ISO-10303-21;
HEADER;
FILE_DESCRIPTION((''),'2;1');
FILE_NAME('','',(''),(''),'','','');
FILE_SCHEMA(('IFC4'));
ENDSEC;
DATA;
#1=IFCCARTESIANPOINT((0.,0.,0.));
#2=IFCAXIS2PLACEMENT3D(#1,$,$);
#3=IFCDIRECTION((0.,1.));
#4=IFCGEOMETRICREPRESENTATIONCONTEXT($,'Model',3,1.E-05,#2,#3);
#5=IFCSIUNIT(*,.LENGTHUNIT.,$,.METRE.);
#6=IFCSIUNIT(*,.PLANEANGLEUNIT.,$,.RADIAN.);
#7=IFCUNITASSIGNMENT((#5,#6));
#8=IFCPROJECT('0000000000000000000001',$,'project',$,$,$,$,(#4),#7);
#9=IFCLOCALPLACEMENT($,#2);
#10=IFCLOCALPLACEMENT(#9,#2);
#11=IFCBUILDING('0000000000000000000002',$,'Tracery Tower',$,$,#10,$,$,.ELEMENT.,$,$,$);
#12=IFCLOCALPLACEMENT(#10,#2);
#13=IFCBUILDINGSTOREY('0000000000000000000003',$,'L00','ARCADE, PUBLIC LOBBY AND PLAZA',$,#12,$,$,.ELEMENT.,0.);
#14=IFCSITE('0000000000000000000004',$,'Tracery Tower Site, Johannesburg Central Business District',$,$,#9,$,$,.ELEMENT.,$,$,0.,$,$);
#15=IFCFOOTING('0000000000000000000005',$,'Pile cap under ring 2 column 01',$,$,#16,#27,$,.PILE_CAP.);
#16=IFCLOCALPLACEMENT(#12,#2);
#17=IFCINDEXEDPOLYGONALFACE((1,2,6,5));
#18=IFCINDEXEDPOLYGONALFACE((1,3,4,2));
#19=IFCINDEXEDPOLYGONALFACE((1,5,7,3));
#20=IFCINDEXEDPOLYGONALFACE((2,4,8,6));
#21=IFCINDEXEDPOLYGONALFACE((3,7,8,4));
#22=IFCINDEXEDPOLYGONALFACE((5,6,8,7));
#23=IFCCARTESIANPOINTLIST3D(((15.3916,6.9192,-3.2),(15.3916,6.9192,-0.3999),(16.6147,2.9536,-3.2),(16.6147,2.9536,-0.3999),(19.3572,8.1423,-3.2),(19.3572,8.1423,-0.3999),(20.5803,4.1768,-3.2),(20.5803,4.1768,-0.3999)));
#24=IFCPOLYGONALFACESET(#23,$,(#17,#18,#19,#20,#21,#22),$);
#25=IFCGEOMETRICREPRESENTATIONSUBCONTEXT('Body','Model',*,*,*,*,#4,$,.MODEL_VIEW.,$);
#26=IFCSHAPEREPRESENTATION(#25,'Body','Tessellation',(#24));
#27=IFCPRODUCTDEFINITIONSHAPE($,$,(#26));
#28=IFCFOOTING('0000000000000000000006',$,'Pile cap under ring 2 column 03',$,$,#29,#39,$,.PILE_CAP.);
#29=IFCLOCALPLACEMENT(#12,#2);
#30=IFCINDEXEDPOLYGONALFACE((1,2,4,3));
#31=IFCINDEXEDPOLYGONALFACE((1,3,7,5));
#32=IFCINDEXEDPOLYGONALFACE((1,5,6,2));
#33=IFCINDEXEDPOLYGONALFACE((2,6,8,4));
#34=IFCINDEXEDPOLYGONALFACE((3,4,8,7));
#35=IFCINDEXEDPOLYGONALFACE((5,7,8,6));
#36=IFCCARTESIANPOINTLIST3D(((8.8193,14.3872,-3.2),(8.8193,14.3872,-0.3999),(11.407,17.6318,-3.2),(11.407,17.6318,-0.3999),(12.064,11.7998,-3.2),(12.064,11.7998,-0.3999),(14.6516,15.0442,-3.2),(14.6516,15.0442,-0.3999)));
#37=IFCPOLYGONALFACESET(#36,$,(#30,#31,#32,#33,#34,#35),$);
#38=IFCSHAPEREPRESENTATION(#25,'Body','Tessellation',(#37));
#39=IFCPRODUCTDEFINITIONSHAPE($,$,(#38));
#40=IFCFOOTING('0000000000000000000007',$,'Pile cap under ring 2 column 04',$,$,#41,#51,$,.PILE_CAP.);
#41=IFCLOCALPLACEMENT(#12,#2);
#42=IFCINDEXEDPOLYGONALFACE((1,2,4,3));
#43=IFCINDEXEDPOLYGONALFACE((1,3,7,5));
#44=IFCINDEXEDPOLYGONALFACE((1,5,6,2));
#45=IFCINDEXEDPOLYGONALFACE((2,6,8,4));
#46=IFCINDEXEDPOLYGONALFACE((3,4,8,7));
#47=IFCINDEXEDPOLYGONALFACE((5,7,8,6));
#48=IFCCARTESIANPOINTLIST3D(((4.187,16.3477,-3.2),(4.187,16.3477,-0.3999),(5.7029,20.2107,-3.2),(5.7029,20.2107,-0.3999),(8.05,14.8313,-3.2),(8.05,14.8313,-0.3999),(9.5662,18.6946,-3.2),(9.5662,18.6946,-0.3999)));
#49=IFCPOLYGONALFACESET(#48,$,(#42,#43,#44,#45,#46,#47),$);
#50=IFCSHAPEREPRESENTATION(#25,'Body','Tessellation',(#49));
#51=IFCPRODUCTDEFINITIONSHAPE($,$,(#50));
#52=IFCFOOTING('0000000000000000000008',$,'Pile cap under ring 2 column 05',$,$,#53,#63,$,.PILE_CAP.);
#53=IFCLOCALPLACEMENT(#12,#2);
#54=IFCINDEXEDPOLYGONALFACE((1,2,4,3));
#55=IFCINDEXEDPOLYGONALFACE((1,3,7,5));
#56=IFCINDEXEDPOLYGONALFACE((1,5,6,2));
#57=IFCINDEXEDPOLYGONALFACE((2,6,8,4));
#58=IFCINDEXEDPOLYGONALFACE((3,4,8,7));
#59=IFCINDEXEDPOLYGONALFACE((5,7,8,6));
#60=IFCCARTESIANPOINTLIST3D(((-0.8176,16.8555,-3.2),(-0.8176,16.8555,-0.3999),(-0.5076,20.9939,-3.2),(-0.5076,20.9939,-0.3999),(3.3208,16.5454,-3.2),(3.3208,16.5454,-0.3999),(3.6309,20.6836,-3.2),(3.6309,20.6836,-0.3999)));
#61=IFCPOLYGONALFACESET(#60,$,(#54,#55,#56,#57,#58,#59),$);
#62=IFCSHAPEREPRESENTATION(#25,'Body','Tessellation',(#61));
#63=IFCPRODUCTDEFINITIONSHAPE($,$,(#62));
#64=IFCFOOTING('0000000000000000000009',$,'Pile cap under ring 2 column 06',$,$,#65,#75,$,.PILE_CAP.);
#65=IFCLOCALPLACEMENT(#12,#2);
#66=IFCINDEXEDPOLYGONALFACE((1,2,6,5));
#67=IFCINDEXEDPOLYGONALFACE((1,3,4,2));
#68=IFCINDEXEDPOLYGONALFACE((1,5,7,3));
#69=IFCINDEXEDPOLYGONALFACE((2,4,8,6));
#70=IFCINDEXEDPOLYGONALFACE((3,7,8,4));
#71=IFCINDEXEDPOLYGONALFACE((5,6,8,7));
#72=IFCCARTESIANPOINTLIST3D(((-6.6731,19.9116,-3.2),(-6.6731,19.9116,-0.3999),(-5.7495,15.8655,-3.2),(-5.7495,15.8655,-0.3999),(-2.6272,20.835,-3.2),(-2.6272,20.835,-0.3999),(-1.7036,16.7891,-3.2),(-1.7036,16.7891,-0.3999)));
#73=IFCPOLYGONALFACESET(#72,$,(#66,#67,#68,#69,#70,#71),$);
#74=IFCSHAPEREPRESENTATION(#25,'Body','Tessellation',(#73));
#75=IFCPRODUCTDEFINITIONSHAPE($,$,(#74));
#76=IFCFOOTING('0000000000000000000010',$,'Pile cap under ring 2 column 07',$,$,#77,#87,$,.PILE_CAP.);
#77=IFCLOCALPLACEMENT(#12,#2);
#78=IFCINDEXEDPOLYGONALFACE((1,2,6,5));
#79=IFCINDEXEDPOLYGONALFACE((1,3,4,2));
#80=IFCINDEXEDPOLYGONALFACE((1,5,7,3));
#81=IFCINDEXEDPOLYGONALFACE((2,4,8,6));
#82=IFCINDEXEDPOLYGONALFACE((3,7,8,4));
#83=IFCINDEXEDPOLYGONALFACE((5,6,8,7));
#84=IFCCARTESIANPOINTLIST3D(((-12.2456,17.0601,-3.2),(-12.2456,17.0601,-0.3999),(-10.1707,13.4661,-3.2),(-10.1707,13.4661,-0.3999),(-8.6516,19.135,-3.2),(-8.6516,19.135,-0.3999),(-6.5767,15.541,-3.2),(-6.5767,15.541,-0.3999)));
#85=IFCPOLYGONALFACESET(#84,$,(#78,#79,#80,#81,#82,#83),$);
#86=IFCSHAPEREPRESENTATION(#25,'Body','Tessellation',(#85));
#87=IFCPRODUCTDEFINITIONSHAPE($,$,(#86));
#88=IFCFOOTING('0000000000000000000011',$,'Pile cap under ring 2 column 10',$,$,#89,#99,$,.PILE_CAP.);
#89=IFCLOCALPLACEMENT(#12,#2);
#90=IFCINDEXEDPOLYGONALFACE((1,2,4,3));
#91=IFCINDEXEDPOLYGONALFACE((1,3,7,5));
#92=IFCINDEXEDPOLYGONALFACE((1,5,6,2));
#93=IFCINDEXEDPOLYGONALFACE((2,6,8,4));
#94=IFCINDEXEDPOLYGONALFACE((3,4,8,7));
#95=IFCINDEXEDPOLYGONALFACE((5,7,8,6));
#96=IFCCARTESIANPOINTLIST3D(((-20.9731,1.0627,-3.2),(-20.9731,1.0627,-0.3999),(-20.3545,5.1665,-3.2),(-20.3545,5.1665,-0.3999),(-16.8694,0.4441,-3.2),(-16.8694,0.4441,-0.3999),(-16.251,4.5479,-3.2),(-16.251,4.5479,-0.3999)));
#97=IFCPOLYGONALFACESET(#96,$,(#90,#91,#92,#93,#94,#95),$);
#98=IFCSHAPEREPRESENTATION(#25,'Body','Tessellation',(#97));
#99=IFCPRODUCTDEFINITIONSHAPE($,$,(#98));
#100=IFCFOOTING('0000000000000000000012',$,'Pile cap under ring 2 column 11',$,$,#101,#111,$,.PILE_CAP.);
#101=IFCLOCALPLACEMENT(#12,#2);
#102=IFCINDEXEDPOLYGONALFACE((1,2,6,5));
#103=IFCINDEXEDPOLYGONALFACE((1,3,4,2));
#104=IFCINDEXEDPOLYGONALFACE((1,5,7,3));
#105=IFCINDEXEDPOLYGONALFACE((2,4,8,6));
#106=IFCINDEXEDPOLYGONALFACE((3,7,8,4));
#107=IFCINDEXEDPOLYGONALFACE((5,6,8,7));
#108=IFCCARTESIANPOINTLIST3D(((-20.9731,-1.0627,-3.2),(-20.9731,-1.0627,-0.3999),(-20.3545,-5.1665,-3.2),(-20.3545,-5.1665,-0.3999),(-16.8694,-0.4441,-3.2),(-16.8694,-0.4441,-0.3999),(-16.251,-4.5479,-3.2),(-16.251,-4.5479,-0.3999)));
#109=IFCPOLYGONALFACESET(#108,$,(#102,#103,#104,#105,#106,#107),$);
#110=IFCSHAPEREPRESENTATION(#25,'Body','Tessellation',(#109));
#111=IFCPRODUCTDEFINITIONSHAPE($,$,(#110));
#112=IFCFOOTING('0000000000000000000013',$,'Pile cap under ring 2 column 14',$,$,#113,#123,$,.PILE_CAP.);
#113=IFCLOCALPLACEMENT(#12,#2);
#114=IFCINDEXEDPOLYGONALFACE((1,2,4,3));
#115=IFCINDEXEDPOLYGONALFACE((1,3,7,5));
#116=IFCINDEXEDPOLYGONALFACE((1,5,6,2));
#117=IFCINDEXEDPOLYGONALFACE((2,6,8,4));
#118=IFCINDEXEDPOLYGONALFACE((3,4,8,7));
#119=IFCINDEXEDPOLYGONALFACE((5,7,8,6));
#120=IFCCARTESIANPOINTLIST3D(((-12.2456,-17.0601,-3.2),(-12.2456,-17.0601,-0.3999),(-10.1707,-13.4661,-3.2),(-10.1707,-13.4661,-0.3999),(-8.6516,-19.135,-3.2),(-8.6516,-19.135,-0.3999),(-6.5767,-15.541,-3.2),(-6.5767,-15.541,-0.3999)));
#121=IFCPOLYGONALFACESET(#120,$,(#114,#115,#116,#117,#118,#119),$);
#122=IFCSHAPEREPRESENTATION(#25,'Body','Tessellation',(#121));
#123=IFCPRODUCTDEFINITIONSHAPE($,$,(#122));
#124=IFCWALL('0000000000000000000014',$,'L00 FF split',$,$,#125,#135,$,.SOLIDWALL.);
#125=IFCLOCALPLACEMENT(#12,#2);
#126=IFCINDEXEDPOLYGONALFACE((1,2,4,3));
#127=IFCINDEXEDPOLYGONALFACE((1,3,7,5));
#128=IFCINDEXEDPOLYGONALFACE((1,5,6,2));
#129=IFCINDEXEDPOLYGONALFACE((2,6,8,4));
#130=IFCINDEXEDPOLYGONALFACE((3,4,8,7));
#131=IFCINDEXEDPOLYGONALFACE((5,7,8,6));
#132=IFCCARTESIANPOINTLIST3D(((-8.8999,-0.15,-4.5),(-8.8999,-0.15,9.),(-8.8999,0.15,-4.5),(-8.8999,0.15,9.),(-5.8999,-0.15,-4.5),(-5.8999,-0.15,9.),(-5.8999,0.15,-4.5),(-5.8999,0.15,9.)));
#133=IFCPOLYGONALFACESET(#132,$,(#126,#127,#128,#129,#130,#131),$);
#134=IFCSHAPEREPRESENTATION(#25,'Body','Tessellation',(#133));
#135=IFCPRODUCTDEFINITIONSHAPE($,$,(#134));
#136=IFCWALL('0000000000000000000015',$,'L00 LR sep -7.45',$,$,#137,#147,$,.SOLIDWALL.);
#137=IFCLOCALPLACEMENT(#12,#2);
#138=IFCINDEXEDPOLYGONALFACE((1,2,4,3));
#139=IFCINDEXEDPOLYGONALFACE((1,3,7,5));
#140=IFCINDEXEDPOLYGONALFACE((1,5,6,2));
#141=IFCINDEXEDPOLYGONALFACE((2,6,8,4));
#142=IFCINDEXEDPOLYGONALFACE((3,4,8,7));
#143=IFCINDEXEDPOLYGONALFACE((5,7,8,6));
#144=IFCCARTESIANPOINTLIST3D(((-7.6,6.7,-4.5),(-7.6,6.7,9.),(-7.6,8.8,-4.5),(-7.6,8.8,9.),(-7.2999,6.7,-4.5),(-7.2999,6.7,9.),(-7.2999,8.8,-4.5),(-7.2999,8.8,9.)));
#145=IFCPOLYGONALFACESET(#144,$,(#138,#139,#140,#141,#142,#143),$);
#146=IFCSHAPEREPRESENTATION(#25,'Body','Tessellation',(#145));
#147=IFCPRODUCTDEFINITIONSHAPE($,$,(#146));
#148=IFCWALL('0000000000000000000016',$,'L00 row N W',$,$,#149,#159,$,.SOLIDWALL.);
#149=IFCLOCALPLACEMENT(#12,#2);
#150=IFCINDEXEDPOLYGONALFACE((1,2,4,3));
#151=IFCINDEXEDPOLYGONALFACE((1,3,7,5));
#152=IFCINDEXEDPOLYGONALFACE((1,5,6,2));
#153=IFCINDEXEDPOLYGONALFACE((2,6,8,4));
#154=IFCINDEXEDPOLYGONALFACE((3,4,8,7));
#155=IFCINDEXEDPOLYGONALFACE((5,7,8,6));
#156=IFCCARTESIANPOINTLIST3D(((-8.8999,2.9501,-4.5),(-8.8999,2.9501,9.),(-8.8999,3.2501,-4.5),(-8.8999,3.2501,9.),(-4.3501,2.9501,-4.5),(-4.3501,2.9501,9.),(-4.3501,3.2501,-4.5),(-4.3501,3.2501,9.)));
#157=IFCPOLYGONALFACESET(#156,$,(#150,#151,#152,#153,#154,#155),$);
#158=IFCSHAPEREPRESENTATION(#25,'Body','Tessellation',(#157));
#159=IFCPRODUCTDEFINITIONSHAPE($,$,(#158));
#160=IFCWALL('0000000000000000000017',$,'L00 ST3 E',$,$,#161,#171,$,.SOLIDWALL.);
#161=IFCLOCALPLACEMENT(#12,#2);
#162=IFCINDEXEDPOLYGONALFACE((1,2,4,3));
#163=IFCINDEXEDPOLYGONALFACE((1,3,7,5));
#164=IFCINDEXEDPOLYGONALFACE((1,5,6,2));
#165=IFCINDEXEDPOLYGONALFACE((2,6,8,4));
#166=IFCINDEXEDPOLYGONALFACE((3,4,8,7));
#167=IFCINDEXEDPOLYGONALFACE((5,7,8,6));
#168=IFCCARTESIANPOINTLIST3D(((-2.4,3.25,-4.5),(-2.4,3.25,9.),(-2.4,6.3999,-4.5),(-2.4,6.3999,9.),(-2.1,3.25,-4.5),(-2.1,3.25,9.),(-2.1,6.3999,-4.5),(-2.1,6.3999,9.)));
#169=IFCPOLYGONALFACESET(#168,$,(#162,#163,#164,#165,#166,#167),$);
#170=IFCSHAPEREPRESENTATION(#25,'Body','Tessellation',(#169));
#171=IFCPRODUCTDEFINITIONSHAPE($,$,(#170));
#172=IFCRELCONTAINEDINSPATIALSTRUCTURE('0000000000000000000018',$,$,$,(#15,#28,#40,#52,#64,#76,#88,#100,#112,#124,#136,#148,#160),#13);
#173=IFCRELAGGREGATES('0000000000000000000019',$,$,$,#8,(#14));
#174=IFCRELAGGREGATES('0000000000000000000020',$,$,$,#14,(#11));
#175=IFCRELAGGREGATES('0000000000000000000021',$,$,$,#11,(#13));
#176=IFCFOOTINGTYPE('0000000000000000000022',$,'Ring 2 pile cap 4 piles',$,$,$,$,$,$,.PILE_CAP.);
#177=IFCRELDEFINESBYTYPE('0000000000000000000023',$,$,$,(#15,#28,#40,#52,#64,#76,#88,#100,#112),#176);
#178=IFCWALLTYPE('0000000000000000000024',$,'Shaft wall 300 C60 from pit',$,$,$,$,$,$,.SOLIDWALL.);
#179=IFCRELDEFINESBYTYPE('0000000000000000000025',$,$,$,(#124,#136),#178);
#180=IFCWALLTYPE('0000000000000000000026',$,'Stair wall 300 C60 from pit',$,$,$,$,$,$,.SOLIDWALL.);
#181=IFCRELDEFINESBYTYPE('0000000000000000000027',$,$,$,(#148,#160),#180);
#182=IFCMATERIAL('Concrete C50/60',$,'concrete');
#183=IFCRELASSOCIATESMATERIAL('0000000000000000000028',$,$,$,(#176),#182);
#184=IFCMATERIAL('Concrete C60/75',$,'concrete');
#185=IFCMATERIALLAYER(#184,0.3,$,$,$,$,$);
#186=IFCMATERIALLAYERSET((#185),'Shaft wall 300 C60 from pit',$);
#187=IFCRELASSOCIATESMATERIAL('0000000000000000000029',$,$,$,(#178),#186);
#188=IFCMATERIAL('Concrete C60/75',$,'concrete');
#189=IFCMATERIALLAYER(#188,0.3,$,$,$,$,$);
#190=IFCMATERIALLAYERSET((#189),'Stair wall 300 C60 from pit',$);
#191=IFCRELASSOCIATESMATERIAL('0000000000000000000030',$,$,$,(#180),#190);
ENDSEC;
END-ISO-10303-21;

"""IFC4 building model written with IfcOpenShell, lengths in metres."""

from ifc_helpers import new_model, si_unit, direction, frame, frame_2d, origin, place, context, subcontext, project, spatial, polyline, rectangle, outline, extrude, material, layer, layer_set, type_object, element, save


model = new_model("IFC4")

# Units and contexts
model_context = context("Model", 3, precision=1e-05, world=origin(), true_north=direction((0.0, 1.0)))
body_context = subcontext(model_context, "Body", "Model", "MODEL_VIEW")
ifc_project = project(units=[si_unit("LENGTHUNIT", "METRE"), si_unit("PLANEANGLEUNIT", "RADIAN")], contexts=[model_context])

# Site, building, storey
site_placement = place(None, origin())
site = spatial("IfcSite", under=ifc_project, at=site_placement, Name="Tracery Tower Site, Johannesburg Central Business District", CompositionType="ELEMENT", RefElevation=0.0)
building_placement = place(site_placement, origin())
building = spatial("IfcBuilding", under=site, at=building_placement, Name="Tracery Tower", CompositionType="ELEMENT")
storey_placement = place(building_placement, origin())
storey = spatial("IfcBuildingStorey", under=building, at=storey_placement, Name="L00", Description="ARCADE, PUBLIC LOBBY AND PLAZA", CompositionType="ELEMENT", Elevation=0.0)

# Footings
ifc_material_1 = material(Name="Concrete C50/60", Category="concrete")
footing_type_1 = type_object("IfcFootingType", Name="Ring 2 pile cap 4 piles", PredefinedType="PILE_CAP", material=ifc_material_1)
footing_1_placement = place(storey_placement, frame((0.0, 0.0, -3.2)))
element("IfcFooting", 1, at=footing_1_placement, inside=storey, type_object=footing_type_1, Name="Pile cap under ring 2 column 01", PredefinedType="PILE_CAP", context=body_context, shape_type="SweptSolid", body=[
    extrude(outline(polyline([(20.5803, 4.1768), (19.3572, 8.1423), (15.3916, 6.9192), (16.6147, 2.9536), (20.5803, 4.1768)])), origin(), (0.0, 0.0, 1.0), 2.8),
])
footing_2_placement = place(storey_placement, frame((0.0, 0.0, -3.2)))
element("IfcFooting", 2, at=footing_2_placement, inside=storey, type_object=footing_type_1, Name="Pile cap under ring 2 column 03", PredefinedType="PILE_CAP", context=body_context, shape_type="SweptSolid", body=[
    extrude(outline(polyline([(14.6516, 15.0442), (11.407, 17.6318), (8.8193, 14.3872), (12.064, 11.7998), (14.6516, 15.0442)])), origin(), (0.0, 0.0, 1.0), 2.8),
])
footing_3_placement = place(storey_placement, frame((0.0, 0.0, -3.2)))
element("IfcFooting", 3, at=footing_3_placement, inside=storey, type_object=footing_type_1, Name="Pile cap under ring 2 column 04", PredefinedType="PILE_CAP", context=body_context, shape_type="SweptSolid", body=[
    extrude(outline(polyline([(9.5662, 18.6946), (5.7029, 20.2107), (4.187, 16.3477), (8.05, 14.8313), (9.5662, 18.6946)])), origin(), (0.0, 0.0, 1.0), 2.8),
])
footing_4_placement = place(storey_placement, frame((0.0, 0.0, -3.2)))
element("IfcFooting", 4, at=footing_4_placement, inside=storey, type_object=footing_type_1, Name="Pile cap under ring 2 column 05", PredefinedType="PILE_CAP", context=body_context, shape_type="SweptSolid", body=[
    extrude(outline(polyline([(3.6309, 20.6836), (-0.5076, 20.9939), (-0.8176, 16.8555), (3.3208, 16.5454), (3.6309, 20.6836)])), origin(), (0.0, 0.0, 1.0), 2.8),
])
footing_5_placement = place(storey_placement, frame((0.0, 0.0, -3.2)))
element("IfcFooting", 5, at=footing_5_placement, inside=storey, type_object=footing_type_1, Name="Pile cap under ring 2 column 06", PredefinedType="PILE_CAP", context=body_context, shape_type="SweptSolid", body=[
    extrude(outline(polyline([(-2.6272, 20.835), (-6.6731, 19.9116), (-5.7495, 15.8655), (-1.7036, 16.7891), (-2.6272, 20.835)])), origin(), (0.0, 0.0, 1.0), 2.8),
])
footing_6_placement = place(storey_placement, frame((0.0, 0.0, -3.2)))
element("IfcFooting", 6, at=footing_6_placement, inside=storey, type_object=footing_type_1, Name="Pile cap under ring 2 column 07", PredefinedType="PILE_CAP", context=body_context, shape_type="SweptSolid", body=[
    extrude(outline(polyline([(-8.6516, 19.135), (-12.2456, 17.0601), (-10.1707, 13.4661), (-6.5767, 15.541), (-8.6516, 19.135)])), origin(), (0.0, 0.0, 1.0), 2.8),
])
footing_7_placement = place(storey_placement, frame((0.0, 0.0, -3.2)))
element("IfcFooting", 7, at=footing_7_placement, inside=storey, type_object=footing_type_1, Name="Pile cap under ring 2 column 10", PredefinedType="PILE_CAP", context=body_context, shape_type="SweptSolid", body=[
    extrude(outline(polyline([(-20.3545, 5.1665), (-20.9731, 1.0627), (-16.8694, 0.4441), (-16.251, 4.5479), (-20.3545, 5.1665)])), origin(), (0.0, 0.0, 1.0), 2.8),
])
footing_8_placement = place(storey_placement, frame((0.0, 0.0, -3.2)))
element("IfcFooting", 8, at=footing_8_placement, inside=storey, type_object=footing_type_1, Name="Pile cap under ring 2 column 11", PredefinedType="PILE_CAP", context=body_context, shape_type="SweptSolid", body=[
    extrude(outline(polyline([(-20.9731, -1.0627), (-20.3545, -5.1665), (-16.251, -4.5479), (-16.8694, -0.4441), (-20.9731, -1.0627)])), origin(), (0.0, 0.0, 1.0), 2.8),
])
footing_9_placement = place(storey_placement, frame((0.0, 0.0, -3.2)))
element("IfcFooting", 9, at=footing_9_placement, inside=storey, type_object=footing_type_1, Name="Pile cap under ring 2 column 14", PredefinedType="PILE_CAP", context=body_context, shape_type="SweptSolid", body=[
    extrude(outline(polyline([(-12.2456, -17.0601), (-8.6516, -19.135), (-6.5767, -15.541), (-10.1707, -13.4661), (-12.2456, -17.0601)])), origin(), (0.0, 0.0, 1.0), 2.8),
])

# Walls
ifc_material_2 = material(Name="Concrete C60/75", Category="concrete")
ifc_layer_1 = layer(ifc_material_2, 0.3)
ifc_layer_set_1 = layer_set([ifc_layer_1], Name="Shaft wall 300 C60 from pit")
wall_type_1 = type_object("IfcWallType", Name="Shaft wall 300 C60 from pit", PredefinedType="SOLIDWALL", material=ifc_layer_set_1)
wall_1_placement = place(storey_placement, frame((-8.8999, 0.0, -4.5), z_axis=(0.0, 0.0, 1.0), x_axis=(1.0, 0.0, 0.0)))
element("IfcWall", 10, at=wall_1_placement, inside=storey, type_object=wall_type_1, Name="L00 FF split", PredefinedType="SOLIDWALL", context=body_context, shape_type="SweptSolid", body=[
    extrude(rectangle(XDim=3.0, YDim=0.3, at=frame_2d((1.5, 0.0))), origin(), (0.0, 0.0, 1.0), 13.5),
])
wall_2_placement = place(storey_placement, frame((-7.45, 6.7, -4.5), z_axis=(0.0, 0.0, 1.0), x_axis=(0.0, 1.0, 0.0)))
element("IfcWall", 11, at=wall_2_placement, inside=storey, type_object=wall_type_1, Name="L00 LR sep -7.45", PredefinedType="SOLIDWALL", context=body_context, shape_type="SweptSolid", body=[
    extrude(rectangle(XDim=2.1001, YDim=0.3, at=frame_2d((1.05, 0.0))), origin(), (0.0, 0.0, 1.0), 13.5),
])
ifc_material_3 = material(Name="Concrete C60/75", Category="concrete")
ifc_layer_2 = layer(ifc_material_3, 0.3)
ifc_layer_set_2 = layer_set([ifc_layer_2], Name="Stair wall 300 C60 from pit")
wall_type_2 = type_object("IfcWallType", Name="Stair wall 300 C60 from pit", PredefinedType="SOLIDWALL", material=ifc_layer_set_2)
wall_3_placement = place(storey_placement, frame((-8.8999, 3.1001, -4.5), z_axis=(0.0, 0.0, 1.0), x_axis=(1.0, 0.0, 0.0)))
element("IfcWall", 12, at=wall_3_placement, inside=storey, type_object=wall_type_2, Name="L00 row N W", PredefinedType="SOLIDWALL", context=body_context, shape_type="SweptSolid", body=[
    extrude(rectangle(XDim=4.5498, YDim=0.3, at=frame_2d((2.2749, 0.0))), origin(), (0.0, 0.0, 1.0), 13.5),
])

# Wall
wall_4_placement = place(storey_placement, frame((-2.25, 3.25, -4.5), z_axis=(0.0, 0.0, 1.0), x_axis=(0.0, 1.0, 0.0)))
element("IfcWall", 13, at=wall_4_placement, inside=storey, type_object=wall_type_2, Name="L00 ST3 E", PredefinedType="SOLIDWALL", context=body_context, shape_type="SweptSolid", body=[
    extrude(rectangle(XDim=3.1499, YDim=0.3, at=frame_2d((1.575, 0.0))), origin(), (0.0, 0.0, 1.0), 13.5),
])

save(model, "model.ifc")
